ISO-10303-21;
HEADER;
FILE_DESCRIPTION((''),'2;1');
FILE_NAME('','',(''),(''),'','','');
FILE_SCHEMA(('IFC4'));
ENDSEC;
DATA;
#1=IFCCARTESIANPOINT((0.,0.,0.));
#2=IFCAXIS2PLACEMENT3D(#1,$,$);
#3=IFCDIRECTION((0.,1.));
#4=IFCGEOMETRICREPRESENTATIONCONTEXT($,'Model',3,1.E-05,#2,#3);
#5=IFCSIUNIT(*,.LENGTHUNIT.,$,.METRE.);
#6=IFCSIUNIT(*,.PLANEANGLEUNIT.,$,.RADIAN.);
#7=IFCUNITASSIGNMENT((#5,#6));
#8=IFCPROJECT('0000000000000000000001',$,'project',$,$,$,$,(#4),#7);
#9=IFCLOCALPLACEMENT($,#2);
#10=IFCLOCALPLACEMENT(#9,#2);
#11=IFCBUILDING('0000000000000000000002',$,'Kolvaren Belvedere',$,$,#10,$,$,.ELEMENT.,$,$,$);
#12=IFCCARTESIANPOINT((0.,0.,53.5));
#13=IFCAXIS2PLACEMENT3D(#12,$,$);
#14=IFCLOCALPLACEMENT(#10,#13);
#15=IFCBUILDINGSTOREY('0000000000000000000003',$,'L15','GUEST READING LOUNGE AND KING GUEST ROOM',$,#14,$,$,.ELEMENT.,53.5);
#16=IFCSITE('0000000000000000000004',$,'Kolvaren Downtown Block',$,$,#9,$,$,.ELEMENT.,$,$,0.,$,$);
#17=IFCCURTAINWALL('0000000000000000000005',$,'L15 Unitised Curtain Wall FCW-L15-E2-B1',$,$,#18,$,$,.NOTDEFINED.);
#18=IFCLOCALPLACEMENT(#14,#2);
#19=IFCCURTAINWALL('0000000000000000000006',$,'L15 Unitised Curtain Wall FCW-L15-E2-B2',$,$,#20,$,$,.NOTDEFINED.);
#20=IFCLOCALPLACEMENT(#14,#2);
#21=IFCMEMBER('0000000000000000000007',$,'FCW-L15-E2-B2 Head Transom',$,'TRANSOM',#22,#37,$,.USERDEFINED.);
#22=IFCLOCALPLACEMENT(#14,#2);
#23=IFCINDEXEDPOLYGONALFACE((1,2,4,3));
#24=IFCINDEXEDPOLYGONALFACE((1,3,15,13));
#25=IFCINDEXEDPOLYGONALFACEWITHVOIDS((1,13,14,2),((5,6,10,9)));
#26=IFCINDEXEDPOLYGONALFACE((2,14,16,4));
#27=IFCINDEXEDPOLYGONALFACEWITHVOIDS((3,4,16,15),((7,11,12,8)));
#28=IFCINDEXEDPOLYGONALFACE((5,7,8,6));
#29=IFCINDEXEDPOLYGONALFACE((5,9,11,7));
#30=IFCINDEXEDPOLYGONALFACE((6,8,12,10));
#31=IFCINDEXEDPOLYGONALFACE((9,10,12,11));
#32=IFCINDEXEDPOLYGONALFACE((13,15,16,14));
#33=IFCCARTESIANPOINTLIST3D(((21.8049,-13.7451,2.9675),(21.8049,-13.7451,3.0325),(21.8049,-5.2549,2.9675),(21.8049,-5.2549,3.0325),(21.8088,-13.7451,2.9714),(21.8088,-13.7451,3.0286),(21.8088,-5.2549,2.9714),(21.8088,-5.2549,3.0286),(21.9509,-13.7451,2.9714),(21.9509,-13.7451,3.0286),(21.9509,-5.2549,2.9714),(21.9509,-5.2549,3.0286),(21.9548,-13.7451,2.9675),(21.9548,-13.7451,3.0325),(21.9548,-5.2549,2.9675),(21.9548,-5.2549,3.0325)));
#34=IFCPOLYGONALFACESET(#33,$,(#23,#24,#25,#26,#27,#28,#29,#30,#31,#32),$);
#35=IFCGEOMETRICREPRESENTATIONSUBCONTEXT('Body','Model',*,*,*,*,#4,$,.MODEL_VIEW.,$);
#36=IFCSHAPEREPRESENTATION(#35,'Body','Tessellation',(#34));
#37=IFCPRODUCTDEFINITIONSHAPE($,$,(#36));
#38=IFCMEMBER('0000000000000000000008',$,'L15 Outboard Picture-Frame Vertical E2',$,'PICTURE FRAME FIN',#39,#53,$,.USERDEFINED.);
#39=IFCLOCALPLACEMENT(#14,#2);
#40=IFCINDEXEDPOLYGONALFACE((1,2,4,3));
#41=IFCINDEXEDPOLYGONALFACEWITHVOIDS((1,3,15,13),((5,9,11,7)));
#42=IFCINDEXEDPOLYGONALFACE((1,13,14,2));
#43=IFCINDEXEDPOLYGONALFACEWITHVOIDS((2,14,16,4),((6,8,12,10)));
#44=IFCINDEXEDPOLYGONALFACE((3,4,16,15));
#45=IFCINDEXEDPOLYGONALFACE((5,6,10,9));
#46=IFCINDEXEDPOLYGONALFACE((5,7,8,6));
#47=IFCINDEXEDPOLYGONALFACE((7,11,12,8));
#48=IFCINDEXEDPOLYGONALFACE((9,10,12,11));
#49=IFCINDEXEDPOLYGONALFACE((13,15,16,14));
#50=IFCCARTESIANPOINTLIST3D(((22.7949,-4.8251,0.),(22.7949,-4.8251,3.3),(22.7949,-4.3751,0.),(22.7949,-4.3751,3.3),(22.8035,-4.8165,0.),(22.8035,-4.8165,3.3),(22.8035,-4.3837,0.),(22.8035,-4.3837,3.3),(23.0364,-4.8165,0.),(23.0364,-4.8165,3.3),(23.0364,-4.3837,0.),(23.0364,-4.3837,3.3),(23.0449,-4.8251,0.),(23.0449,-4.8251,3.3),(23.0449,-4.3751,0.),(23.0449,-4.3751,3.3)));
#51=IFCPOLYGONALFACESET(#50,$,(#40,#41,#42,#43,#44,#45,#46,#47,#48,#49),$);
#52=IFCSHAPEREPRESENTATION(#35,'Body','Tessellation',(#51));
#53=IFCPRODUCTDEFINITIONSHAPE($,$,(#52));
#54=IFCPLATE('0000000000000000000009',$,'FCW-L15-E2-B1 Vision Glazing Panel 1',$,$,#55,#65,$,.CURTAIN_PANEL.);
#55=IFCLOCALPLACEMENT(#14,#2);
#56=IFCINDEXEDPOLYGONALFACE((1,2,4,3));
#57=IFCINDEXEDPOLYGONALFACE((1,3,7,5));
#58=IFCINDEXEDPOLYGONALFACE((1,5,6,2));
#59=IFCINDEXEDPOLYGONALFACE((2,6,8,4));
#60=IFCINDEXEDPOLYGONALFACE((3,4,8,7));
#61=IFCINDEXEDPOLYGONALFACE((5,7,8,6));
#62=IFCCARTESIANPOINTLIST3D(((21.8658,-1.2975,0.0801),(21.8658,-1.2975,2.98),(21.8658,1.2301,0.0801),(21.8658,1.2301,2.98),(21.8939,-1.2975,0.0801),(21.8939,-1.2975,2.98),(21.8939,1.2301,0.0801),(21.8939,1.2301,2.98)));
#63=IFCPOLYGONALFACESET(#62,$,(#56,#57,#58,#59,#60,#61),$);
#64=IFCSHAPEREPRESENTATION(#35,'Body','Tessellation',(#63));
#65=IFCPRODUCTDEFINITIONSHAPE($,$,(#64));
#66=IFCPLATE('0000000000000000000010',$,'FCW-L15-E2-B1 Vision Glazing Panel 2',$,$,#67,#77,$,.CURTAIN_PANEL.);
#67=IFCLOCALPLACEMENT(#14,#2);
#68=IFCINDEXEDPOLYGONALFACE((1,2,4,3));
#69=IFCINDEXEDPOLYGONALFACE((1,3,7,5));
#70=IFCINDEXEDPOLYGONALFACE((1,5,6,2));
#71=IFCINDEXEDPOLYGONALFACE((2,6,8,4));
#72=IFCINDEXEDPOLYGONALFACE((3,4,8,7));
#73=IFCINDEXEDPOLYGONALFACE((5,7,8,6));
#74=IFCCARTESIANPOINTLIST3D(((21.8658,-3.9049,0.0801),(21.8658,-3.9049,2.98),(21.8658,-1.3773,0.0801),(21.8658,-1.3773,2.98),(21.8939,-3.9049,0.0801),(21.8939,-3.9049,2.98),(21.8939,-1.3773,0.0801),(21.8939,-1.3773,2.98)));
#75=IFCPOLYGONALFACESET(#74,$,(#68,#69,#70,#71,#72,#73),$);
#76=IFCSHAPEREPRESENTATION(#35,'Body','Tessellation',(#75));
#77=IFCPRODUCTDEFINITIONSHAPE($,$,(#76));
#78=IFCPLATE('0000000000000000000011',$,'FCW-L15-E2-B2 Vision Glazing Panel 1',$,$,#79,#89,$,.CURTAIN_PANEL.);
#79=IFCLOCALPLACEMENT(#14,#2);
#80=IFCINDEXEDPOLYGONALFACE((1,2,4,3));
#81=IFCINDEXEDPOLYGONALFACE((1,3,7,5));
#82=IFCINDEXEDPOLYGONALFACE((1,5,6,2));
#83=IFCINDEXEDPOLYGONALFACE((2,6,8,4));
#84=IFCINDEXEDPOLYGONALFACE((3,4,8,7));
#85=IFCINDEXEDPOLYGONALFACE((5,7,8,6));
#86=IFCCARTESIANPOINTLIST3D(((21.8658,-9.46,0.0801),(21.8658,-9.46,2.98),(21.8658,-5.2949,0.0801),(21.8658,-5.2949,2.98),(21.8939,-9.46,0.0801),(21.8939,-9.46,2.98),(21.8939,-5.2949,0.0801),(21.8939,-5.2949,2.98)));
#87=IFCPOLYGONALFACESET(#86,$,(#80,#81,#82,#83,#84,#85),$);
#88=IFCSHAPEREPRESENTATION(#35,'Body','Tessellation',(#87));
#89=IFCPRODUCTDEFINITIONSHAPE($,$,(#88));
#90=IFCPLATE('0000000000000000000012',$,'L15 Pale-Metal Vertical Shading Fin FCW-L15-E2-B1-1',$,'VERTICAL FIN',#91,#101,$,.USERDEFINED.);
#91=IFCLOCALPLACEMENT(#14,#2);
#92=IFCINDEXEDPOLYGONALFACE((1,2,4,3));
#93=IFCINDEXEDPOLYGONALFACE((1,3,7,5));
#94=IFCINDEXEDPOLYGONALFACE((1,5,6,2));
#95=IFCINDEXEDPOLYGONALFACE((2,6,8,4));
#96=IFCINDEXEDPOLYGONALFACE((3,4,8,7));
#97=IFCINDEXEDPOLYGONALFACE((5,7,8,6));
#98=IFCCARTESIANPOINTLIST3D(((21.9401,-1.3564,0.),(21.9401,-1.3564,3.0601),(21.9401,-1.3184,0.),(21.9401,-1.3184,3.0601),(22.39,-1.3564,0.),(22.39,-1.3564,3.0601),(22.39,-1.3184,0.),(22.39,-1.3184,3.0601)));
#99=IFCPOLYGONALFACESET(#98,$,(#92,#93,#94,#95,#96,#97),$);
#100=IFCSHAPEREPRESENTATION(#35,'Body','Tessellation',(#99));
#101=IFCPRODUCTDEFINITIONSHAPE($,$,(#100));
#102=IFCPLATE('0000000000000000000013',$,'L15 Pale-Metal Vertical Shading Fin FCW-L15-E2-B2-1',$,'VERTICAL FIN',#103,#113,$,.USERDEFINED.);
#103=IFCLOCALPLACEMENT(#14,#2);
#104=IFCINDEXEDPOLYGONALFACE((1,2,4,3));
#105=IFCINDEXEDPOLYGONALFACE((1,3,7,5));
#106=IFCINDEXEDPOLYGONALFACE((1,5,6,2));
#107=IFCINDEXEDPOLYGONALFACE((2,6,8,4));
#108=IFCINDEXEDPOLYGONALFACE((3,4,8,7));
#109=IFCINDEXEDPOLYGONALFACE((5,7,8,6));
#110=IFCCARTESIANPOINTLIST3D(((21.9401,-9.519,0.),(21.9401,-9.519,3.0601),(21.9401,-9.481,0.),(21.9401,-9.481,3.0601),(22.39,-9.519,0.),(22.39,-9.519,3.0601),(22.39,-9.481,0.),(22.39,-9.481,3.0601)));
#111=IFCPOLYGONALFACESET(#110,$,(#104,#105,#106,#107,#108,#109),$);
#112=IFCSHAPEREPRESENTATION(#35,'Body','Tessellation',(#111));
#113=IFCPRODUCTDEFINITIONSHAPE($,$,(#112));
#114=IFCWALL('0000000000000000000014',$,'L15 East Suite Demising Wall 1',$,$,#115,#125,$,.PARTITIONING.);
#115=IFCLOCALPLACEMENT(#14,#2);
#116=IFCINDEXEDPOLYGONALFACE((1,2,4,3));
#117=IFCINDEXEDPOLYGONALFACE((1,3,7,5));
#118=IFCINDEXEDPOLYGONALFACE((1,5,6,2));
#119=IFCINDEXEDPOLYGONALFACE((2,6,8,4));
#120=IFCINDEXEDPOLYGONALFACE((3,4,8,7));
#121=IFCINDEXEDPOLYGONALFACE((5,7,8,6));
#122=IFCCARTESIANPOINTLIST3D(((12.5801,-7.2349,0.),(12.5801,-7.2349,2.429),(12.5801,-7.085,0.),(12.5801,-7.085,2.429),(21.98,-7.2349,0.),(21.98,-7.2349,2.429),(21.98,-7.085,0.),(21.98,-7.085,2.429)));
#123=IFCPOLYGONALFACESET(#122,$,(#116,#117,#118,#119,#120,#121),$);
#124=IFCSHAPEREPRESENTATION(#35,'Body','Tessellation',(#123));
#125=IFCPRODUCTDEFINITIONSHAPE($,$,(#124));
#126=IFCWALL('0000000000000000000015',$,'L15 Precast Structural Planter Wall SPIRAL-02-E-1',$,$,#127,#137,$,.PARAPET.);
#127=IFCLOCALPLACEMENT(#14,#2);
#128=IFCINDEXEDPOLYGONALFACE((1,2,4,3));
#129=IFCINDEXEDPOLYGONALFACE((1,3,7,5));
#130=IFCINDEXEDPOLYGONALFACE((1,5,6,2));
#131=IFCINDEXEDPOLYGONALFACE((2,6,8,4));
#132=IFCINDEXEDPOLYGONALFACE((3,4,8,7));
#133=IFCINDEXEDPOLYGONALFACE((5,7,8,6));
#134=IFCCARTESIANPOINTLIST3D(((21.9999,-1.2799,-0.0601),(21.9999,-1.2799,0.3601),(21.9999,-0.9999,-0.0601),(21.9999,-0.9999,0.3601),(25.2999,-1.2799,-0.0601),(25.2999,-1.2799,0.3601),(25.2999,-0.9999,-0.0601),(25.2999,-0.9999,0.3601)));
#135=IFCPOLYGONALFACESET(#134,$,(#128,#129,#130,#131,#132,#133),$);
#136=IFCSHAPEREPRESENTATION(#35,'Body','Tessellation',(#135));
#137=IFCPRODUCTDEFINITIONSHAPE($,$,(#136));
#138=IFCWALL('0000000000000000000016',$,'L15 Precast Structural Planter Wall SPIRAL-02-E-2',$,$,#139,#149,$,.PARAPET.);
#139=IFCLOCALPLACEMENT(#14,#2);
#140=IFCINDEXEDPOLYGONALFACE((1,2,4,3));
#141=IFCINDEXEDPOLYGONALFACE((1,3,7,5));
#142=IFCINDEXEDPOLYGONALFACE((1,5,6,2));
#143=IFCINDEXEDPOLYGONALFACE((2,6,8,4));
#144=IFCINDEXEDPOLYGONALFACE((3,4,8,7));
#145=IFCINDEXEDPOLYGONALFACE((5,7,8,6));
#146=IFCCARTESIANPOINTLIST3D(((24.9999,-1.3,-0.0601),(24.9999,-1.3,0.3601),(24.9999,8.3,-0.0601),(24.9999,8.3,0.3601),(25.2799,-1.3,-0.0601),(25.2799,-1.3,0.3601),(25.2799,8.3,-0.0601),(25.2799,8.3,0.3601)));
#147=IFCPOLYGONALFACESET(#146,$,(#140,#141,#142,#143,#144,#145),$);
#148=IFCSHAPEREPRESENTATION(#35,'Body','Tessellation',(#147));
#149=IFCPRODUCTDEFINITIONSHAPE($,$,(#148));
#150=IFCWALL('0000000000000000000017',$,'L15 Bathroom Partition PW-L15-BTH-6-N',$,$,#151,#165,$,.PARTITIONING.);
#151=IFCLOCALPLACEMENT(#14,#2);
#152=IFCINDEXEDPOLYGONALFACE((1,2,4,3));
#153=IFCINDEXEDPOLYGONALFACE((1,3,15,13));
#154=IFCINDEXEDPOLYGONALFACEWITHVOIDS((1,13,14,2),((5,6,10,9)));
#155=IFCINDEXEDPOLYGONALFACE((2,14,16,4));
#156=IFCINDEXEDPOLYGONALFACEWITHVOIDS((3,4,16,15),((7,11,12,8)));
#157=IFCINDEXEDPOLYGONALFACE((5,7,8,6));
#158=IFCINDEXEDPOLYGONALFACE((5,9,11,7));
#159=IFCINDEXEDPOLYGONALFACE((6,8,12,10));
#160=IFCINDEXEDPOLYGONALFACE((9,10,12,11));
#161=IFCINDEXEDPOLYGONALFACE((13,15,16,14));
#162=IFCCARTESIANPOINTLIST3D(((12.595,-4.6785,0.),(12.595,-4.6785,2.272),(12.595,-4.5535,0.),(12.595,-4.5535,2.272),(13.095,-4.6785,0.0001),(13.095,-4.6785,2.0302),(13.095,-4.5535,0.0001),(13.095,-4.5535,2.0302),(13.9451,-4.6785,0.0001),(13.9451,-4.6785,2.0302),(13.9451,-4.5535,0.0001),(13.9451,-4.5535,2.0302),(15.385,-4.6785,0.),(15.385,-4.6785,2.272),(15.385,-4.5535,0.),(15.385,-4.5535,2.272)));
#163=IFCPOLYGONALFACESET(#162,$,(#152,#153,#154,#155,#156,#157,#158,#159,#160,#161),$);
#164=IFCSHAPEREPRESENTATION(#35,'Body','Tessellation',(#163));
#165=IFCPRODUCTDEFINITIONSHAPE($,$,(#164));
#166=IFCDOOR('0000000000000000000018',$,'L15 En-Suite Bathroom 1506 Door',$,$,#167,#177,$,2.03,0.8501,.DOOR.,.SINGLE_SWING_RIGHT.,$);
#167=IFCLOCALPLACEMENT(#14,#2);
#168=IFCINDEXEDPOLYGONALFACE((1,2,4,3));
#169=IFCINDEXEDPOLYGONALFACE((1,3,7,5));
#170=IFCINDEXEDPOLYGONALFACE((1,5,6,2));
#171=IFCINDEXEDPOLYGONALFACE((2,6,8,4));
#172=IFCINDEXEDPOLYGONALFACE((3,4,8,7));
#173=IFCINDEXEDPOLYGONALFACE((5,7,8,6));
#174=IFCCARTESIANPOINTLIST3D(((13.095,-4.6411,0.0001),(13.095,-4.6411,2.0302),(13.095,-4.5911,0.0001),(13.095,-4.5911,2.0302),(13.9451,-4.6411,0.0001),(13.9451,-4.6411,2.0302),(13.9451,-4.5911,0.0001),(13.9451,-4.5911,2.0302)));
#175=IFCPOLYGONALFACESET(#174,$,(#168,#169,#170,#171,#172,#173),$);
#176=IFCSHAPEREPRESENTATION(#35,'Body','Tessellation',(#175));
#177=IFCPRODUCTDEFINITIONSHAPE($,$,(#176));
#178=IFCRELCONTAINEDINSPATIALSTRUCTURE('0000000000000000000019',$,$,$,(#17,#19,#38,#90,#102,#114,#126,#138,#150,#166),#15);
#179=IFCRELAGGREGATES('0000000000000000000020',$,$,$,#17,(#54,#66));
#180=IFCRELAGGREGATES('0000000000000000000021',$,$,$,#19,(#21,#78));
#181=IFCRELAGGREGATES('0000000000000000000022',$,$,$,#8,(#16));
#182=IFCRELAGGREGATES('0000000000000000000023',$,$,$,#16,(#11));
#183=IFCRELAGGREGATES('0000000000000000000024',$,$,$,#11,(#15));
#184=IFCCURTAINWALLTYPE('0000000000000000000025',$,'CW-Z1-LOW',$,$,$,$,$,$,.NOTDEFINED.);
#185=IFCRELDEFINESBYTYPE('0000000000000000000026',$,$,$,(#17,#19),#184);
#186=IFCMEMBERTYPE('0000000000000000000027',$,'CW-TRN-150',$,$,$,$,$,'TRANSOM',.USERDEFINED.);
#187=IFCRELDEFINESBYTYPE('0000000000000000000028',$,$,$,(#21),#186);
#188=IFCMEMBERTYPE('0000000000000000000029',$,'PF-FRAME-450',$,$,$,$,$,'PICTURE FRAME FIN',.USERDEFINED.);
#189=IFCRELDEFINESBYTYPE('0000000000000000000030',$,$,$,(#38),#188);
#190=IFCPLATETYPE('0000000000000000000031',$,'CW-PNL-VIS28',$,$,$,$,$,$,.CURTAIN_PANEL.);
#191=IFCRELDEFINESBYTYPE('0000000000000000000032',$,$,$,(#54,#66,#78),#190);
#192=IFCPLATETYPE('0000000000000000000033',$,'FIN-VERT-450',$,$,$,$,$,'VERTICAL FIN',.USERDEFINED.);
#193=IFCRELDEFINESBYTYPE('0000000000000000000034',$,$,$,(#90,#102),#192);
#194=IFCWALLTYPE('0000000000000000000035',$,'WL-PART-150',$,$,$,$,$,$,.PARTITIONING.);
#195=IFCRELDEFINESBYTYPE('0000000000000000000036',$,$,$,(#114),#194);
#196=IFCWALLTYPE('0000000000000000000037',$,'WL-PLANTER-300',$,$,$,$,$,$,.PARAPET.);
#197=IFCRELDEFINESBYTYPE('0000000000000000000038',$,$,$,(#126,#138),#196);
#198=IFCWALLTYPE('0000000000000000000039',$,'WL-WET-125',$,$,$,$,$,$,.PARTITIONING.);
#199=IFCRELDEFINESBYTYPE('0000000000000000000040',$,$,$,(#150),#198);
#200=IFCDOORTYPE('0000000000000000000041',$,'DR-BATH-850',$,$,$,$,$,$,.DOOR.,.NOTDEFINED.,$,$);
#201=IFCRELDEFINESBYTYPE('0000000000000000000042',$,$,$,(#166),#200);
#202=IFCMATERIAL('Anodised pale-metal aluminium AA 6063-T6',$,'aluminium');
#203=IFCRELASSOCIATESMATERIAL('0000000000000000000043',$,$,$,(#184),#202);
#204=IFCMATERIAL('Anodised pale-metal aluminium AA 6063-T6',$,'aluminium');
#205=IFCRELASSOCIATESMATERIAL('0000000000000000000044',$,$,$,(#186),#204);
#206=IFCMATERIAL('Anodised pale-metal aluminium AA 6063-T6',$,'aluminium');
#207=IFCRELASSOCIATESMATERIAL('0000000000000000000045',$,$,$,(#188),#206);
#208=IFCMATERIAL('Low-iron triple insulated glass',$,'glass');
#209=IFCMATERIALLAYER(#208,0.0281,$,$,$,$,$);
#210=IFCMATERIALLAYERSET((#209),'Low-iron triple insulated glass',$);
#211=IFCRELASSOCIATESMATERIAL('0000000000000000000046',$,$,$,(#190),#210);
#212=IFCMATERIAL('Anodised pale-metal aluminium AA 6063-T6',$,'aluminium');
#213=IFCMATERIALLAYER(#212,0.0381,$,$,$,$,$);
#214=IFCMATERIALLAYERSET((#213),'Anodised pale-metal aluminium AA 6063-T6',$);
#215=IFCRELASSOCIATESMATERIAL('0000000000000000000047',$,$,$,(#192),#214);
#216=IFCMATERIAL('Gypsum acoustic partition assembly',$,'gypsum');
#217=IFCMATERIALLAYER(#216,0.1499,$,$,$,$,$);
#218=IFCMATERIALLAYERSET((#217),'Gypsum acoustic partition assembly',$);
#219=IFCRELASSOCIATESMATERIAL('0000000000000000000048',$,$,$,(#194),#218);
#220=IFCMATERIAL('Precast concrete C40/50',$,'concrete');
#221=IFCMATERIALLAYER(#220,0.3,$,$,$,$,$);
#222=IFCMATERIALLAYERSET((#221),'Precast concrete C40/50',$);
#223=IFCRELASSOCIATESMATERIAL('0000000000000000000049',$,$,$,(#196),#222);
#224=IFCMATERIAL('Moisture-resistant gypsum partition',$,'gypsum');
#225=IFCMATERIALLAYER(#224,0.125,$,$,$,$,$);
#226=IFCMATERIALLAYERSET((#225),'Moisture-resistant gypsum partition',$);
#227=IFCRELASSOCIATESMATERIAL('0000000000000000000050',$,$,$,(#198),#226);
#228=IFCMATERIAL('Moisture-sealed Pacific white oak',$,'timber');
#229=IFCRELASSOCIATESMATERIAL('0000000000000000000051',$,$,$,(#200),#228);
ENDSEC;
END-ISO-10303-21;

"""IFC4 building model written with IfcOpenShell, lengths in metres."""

from ifc_helpers import new_model, si_unit, direction, frame, frame_2d, origin, origin_2d, place, context, subcontext, project, spatial, rectangle, hollow_rectangle, extrude, material, layer, layer_set, material_profile, profile_set, type_object, element, fill, aggregate, save


model = new_model("IFC4")

# Units and contexts
model_context = context("Model", 3, precision=1e-05, world=origin(), true_north=direction((0.0, 1.0)))
body_context = subcontext(model_context, "Body", "Model", "MODEL_VIEW")
ifc_project = project(units=[si_unit("LENGTHUNIT", "METRE"), si_unit("PLANEANGLEUNIT", "RADIAN")], contexts=[model_context])

# Site, building, storey
site_placement = place(None, origin())
site = spatial("IfcSite", under=ifc_project, at=site_placement, Name="Kolvaren Downtown Block", CompositionType="ELEMENT", RefElevation=0.0)
building_placement = place(site_placement, origin())
building = spatial("IfcBuilding", under=site, at=building_placement, Name="Kolvaren Belvedere", CompositionType="ELEMENT")
storey_placement = place(building_placement, frame((0.0, 0.0, 53.5)))
storey = spatial("IfcBuildingStorey", under=building, at=storey_placement, Name="L15", Description="GUEST READING LOUNGE AND KING GUEST ROOM", CompositionType="ELEMENT", Elevation=53.5)

# Curtain walls, member
ifc_material_1 = material(Name="Anodised pale-metal aluminium AA 6063-T6", Category="aluminium")
curtain_wall_type = type_object("IfcCurtainWallType", Name="CW-Z1-LOW", PredefinedType="NOTDEFINED", material=ifc_material_1)
curtain_wall_1_placement = place(storey_placement, origin())
curtain_wall_1 = element("IfcCurtainWall", 1, at=curtain_wall_1_placement, inside=storey, type_object=curtain_wall_type, Name="L15 Unitised Curtain Wall FCW-L15-E2-B1", PredefinedType="NOTDEFINED")
curtain_wall_2_placement = place(storey_placement, origin())
curtain_wall_2 = element("IfcCurtainWall", 2, at=curtain_wall_2_placement, inside=storey, type_object=curtain_wall_type, Name="L15 Unitised Curtain Wall FCW-L15-E2-B2", PredefinedType="NOTDEFINED")
ifc_material_2 = material(Name="Anodised pale-metal aluminium AA 6063-T6", Category="aluminium")
ifc_material_profile_1 = material_profile(ifc_material_2, hollow_rectangle(XDim=0.0649, YDim=0.1499, WallThickness=0.0039, at=origin_2d()), Name="ALU-TRN-150X65")
ifc_profile_set_1 = profile_set([ifc_material_profile_1], Name="Anodised pale-metal aluminium AA 6063-T6")
member_type_1 = type_object("IfcMemberType", Name="CW-TRN-150", ElementType="TRANSOM", PredefinedType="USERDEFINED", material=ifc_profile_set_1)
member_1_placement = place(storey_placement, frame((21.8799, -5.2549, 3.0), z_axis=(0.0, -1.0, 0.0), x_axis=(0.0, 0.0, 1.0)))
member_1 = element("IfcMember", 3, at=member_1_placement, type_object=member_type_1, Name="FCW-L15-E2-B2 Head Transom", ObjectType="TRANSOM", PredefinedType="USERDEFINED", context=body_context, shape_type="SweptSolid", body=[
    extrude(hollow_rectangle(XDim=0.0649, YDim=0.1499, WallThickness=0.0039, at=origin_2d()), origin(), (0.0, 0.0, 1.0), 8.4902),
])

# Member
ifc_material_3 = material(Name="Anodised pale-metal aluminium AA 6063-T6", Category="aluminium")
ifc_material_profile_2 = material_profile(ifc_material_3, hollow_rectangle(XDim=0.25, YDim=0.45, WallThickness=0.0085, at=origin_2d()), Name="ALU-PF-450X250")
ifc_profile_set_2 = profile_set([ifc_material_profile_2], Name="Anodised pale-metal aluminium AA 6063-T6")
member_type_2 = type_object("IfcMemberType", Name="PF-FRAME-450", ElementType="PICTURE FRAME FIN", PredefinedType="USERDEFINED", material=ifc_profile_set_2)
member_2_placement = place(storey_placement, frame((22.9199, -4.6001, 0.0), z_axis=(0.0, 0.0, 1.0), x_axis=(1.0, 0.0, 0.0)))
element("IfcMember", 4, at=member_2_placement, inside=storey, type_object=member_type_2, Name="L15 Outboard Picture-Frame Vertical E2", ObjectType="PICTURE FRAME FIN", PredefinedType="USERDEFINED", context=body_context, shape_type="SweptSolid", body=[
    extrude(hollow_rectangle(XDim=0.25, YDim=0.45, WallThickness=0.0085, at=origin_2d()), origin(), (0.0, 0.0, 1.0), 3.3),
])

# Plates
ifc_material_4 = material(Name="Low-iron triple insulated glass", Category="glass")
ifc_layer_1 = layer(ifc_material_4, 0.0281)
ifc_layer_set_1 = layer_set([ifc_layer_1], Name="Low-iron triple insulated glass")
plate_type_1 = type_object("IfcPlateType", Name="CW-PNL-VIS28", PredefinedType="CURTAIN_PANEL", material=ifc_layer_set_1)
plate_1_placement = place(storey_placement, frame((21.8799, -0.0337, 0.0801), z_axis=(0.0, 0.0, 1.0), x_axis=(0.0, -1.0, 0.0)))
plate_1 = element("IfcPlate", 5, at=plate_1_placement, type_object=plate_type_1, Name="FCW-L15-E2-B1 Vision Glazing Panel 1", PredefinedType="CURTAIN_PANEL", context=body_context, shape_type="SweptSolid", body=[
    extrude(rectangle(XDim=2.5276, YDim=0.0281, at=origin_2d()), origin(), (0.0, 0.0, 1.0), 2.8999),
])
plate_2_placement = place(storey_placement, frame((21.8799, -2.6411, 0.0801), z_axis=(0.0, 0.0, 1.0), x_axis=(0.0, -1.0, 0.0)))
plate_2 = element("IfcPlate", 6, at=plate_2_placement, type_object=plate_type_1, Name="FCW-L15-E2-B1 Vision Glazing Panel 2", PredefinedType="CURTAIN_PANEL", context=body_context, shape_type="SweptSolid", body=[
    extrude(rectangle(XDim=2.5276, YDim=0.0281, at=origin_2d()), origin(), (0.0, 0.0, 1.0), 2.8999),
])
aggregate(curtain_wall_1, [plate_1, plate_2])
plate_3_placement = place(storey_placement, frame((21.8799, -7.3774, 0.0801), z_axis=(0.0, 0.0, 1.0), x_axis=(0.0, -1.0, 0.0)))
plate_3 = element("IfcPlate", 7, at=plate_3_placement, type_object=plate_type_1, Name="FCW-L15-E2-B2 Vision Glazing Panel 1", PredefinedType="CURTAIN_PANEL", context=body_context, shape_type="SweptSolid", body=[
    extrude(rectangle(XDim=4.165, YDim=0.0281, at=origin_2d()), origin(), (0.0, 0.0, 1.0), 2.8999),
])
aggregate(curtain_wall_2, [member_1, plate_3])

# Plates
ifc_material_5 = material(Name="Anodised pale-metal aluminium AA 6063-T6", Category="aluminium")
ifc_layer_2 = layer(ifc_material_5, 0.0381)
ifc_layer_set_2 = layer_set([ifc_layer_2], Name="Anodised pale-metal aluminium AA 6063-T6")
plate_type_2 = type_object("IfcPlateType", Name="FIN-VERT-450", ElementType="VERTICAL FIN", PredefinedType="USERDEFINED", material=ifc_layer_set_2)
for number, where, z_axis, x_axis, name in (
    (8, (22.165, -1.3374, 0.0), (0.0, 0.0, 1.0), (1.0, 0.0, 0.0), "L15 Pale-Metal Vertical Shading Fin FCW-L15-E2-B1-1"),
    (9, (22.165, -9.5, 0.0), (0.0, 0.0, 1.0), (1.0, 0.0, 0.0), "L15 Pale-Metal Vertical Shading Fin FCW-L15-E2-B2-1"),
):
    element("IfcPlate", number, at=place(storey_placement, frame(where, z_axis=z_axis, x_axis=x_axis)), inside=storey, type_object=plate_type_2, Name=name, ObjectType="VERTICAL FIN", PredefinedType="USERDEFINED", context=body_context, shape_type="SweptSolid", body=[
        extrude(rectangle(XDim=0.45, YDim=0.0381, at=origin_2d()), origin(), (0.0, 0.0, 1.0), 3.0601),
    ])

# Walls
ifc_material_6 = material(Name="Gypsum acoustic partition assembly", Category="gypsum")
ifc_layer_3 = layer(ifc_material_6, 0.1499)
ifc_layer_set_3 = layer_set([ifc_layer_3], Name="Gypsum acoustic partition assembly")
wall_type_1 = type_object("IfcWallType", Name="WL-PART-150", PredefinedType="PARTITIONING", material=ifc_layer_set_3)
wall_1_placement = place(storey_placement, frame((12.5801, -7.1599, 0.0), z_axis=(0.0, 0.0, 1.0), x_axis=(1.0, 0.0, 0.0)))
element("IfcWall", 10, at=wall_1_placement, inside=storey, type_object=wall_type_1, Name="L15 East Suite Demising Wall 1", PredefinedType="PARTITIONING", context=body_context, shape_type="SweptSolid", body=[
    extrude(rectangle(XDim=9.3999, YDim=0.1499, at=frame_2d((4.7, 0.0))), origin(), (0.0, 0.0, 1.0), 2.429),
])
ifc_material_7 = material(Name="Precast concrete C40/50", Category="concrete")
ifc_layer_4 = layer(ifc_material_7, 0.3)
ifc_layer_set_4 = layer_set([ifc_layer_4], Name="Precast concrete C40/50")
wall_type_2 = type_object("IfcWallType", Name="WL-PLANTER-300", PredefinedType="PARAPET", material=ifc_layer_set_4)
wall_2_placement = place(storey_placement, frame((22.0, -1.1399, -0.0601), z_axis=(0.0, 0.0, 1.0), x_axis=(1.0, 0.0, 0.0)))
element("IfcWall", 11, at=wall_2_placement, inside=storey, type_object=wall_type_2, Name="L15 Precast Structural Planter Wall SPIRAL-02-E-1", PredefinedType="PARAPET", context=body_context, shape_type="SweptSolid", body=[
    extrude(rectangle(XDim=3.3, YDim=0.28, at=frame_2d((1.6499, 0.0))), origin(), (0.0, 0.0, 1.0), 0.4202),
])
wall_3_placement = place(storey_placement, frame((25.1399, -1.3, -0.0601), z_axis=(0.0, 0.0, 1.0), x_axis=(0.0, 1.0, 0.0)))
element("IfcWall", 12, at=wall_3_placement, inside=storey, type_object=wall_type_2, Name="L15 Precast Structural Planter Wall SPIRAL-02-E-2", PredefinedType="PARAPET", context=body_context, shape_type="SweptSolid", body=[
    extrude(rectangle(XDim=9.6001, YDim=0.28, at=frame_2d((4.8, 0.0))), origin(), (0.0, 0.0, 1.0), 0.4202),
])

# Wall, opening, door
ifc_material_8 = material(Name="Moisture-resistant gypsum partition", Category="gypsum")
ifc_layer_5 = layer(ifc_material_8, 0.125)
ifc_layer_set_5 = layer_set([ifc_layer_5], Name="Moisture-resistant gypsum partition")
wall_type_3 = type_object("IfcWallType", Name="WL-WET-125", PredefinedType="PARTITIONING", material=ifc_layer_set_5)
wall_4_placement = place(storey_placement, frame((12.595, -4.616, 0.0), z_axis=(0.0, 0.0, 1.0), x_axis=(1.0, 0.0, 0.0)))
wall_4 = element("IfcWall", 13, at=wall_4_placement, inside=storey, type_object=wall_type_3, Name="L15 Bathroom Partition PW-L15-BTH-6-N", PredefinedType="PARTITIONING", context=body_context, shape_type="SweptSolid", body=[
    extrude(rectangle(XDim=2.79, YDim=0.125, at=frame_2d((1.395, 0.0))), origin(), (0.0, 0.0, 1.0), 2.272),
])
opening_placement = place(wall_4_placement, frame((0.5, 0.0, 0.0)))
opening = element("IfcOpeningElement", 14, at=opening_placement, cuts=wall_4, PredefinedType="OPENING", context=body_context, shape_type="SweptSolid", body=[
    extrude(rectangle(XDim=0.8501, YDim=2.03, at=frame_2d((0.425, 1.0151))), frame((0.0, 0.0725, 0.0), z_axis=(0.0, -1.0, 0.0), x_axis=(1.0, 0.0, 0.0)), (0.0, 0.0, 1.0), 0.145),
])
ifc_material_9 = material(Name="Moisture-sealed Pacific white oak", Category="timber")
door_type = type_object("IfcDoorType", Name="DR-BATH-850", OperationType="NOTDEFINED", PredefinedType="DOOR", material=ifc_material_9)
door_placement = place(opening_placement, origin())
door = element("IfcDoor", 15, at=door_placement, inside=storey, type_object=door_type, Name="L15 En-Suite Bathroom 1506 Door", OperationType="SINGLE_SWING_RIGHT", OverallHeight=2.03, OverallWidth=0.8501, PredefinedType="DOOR", context=body_context, shape_type="SweptSolid", body=[
    extrude(rectangle(XDim=0.8501, YDim=2.03, at=frame_2d((0.425, 1.0151))), frame((0.0, 0.0249, 0.0), z_axis=(0.0, -1.0, 0.0), x_axis=(1.0, 0.0, 0.0)), (0.0, 0.0, 1.0), 0.05),
])
fill(opening, door)

save(model, "model.ifc")
